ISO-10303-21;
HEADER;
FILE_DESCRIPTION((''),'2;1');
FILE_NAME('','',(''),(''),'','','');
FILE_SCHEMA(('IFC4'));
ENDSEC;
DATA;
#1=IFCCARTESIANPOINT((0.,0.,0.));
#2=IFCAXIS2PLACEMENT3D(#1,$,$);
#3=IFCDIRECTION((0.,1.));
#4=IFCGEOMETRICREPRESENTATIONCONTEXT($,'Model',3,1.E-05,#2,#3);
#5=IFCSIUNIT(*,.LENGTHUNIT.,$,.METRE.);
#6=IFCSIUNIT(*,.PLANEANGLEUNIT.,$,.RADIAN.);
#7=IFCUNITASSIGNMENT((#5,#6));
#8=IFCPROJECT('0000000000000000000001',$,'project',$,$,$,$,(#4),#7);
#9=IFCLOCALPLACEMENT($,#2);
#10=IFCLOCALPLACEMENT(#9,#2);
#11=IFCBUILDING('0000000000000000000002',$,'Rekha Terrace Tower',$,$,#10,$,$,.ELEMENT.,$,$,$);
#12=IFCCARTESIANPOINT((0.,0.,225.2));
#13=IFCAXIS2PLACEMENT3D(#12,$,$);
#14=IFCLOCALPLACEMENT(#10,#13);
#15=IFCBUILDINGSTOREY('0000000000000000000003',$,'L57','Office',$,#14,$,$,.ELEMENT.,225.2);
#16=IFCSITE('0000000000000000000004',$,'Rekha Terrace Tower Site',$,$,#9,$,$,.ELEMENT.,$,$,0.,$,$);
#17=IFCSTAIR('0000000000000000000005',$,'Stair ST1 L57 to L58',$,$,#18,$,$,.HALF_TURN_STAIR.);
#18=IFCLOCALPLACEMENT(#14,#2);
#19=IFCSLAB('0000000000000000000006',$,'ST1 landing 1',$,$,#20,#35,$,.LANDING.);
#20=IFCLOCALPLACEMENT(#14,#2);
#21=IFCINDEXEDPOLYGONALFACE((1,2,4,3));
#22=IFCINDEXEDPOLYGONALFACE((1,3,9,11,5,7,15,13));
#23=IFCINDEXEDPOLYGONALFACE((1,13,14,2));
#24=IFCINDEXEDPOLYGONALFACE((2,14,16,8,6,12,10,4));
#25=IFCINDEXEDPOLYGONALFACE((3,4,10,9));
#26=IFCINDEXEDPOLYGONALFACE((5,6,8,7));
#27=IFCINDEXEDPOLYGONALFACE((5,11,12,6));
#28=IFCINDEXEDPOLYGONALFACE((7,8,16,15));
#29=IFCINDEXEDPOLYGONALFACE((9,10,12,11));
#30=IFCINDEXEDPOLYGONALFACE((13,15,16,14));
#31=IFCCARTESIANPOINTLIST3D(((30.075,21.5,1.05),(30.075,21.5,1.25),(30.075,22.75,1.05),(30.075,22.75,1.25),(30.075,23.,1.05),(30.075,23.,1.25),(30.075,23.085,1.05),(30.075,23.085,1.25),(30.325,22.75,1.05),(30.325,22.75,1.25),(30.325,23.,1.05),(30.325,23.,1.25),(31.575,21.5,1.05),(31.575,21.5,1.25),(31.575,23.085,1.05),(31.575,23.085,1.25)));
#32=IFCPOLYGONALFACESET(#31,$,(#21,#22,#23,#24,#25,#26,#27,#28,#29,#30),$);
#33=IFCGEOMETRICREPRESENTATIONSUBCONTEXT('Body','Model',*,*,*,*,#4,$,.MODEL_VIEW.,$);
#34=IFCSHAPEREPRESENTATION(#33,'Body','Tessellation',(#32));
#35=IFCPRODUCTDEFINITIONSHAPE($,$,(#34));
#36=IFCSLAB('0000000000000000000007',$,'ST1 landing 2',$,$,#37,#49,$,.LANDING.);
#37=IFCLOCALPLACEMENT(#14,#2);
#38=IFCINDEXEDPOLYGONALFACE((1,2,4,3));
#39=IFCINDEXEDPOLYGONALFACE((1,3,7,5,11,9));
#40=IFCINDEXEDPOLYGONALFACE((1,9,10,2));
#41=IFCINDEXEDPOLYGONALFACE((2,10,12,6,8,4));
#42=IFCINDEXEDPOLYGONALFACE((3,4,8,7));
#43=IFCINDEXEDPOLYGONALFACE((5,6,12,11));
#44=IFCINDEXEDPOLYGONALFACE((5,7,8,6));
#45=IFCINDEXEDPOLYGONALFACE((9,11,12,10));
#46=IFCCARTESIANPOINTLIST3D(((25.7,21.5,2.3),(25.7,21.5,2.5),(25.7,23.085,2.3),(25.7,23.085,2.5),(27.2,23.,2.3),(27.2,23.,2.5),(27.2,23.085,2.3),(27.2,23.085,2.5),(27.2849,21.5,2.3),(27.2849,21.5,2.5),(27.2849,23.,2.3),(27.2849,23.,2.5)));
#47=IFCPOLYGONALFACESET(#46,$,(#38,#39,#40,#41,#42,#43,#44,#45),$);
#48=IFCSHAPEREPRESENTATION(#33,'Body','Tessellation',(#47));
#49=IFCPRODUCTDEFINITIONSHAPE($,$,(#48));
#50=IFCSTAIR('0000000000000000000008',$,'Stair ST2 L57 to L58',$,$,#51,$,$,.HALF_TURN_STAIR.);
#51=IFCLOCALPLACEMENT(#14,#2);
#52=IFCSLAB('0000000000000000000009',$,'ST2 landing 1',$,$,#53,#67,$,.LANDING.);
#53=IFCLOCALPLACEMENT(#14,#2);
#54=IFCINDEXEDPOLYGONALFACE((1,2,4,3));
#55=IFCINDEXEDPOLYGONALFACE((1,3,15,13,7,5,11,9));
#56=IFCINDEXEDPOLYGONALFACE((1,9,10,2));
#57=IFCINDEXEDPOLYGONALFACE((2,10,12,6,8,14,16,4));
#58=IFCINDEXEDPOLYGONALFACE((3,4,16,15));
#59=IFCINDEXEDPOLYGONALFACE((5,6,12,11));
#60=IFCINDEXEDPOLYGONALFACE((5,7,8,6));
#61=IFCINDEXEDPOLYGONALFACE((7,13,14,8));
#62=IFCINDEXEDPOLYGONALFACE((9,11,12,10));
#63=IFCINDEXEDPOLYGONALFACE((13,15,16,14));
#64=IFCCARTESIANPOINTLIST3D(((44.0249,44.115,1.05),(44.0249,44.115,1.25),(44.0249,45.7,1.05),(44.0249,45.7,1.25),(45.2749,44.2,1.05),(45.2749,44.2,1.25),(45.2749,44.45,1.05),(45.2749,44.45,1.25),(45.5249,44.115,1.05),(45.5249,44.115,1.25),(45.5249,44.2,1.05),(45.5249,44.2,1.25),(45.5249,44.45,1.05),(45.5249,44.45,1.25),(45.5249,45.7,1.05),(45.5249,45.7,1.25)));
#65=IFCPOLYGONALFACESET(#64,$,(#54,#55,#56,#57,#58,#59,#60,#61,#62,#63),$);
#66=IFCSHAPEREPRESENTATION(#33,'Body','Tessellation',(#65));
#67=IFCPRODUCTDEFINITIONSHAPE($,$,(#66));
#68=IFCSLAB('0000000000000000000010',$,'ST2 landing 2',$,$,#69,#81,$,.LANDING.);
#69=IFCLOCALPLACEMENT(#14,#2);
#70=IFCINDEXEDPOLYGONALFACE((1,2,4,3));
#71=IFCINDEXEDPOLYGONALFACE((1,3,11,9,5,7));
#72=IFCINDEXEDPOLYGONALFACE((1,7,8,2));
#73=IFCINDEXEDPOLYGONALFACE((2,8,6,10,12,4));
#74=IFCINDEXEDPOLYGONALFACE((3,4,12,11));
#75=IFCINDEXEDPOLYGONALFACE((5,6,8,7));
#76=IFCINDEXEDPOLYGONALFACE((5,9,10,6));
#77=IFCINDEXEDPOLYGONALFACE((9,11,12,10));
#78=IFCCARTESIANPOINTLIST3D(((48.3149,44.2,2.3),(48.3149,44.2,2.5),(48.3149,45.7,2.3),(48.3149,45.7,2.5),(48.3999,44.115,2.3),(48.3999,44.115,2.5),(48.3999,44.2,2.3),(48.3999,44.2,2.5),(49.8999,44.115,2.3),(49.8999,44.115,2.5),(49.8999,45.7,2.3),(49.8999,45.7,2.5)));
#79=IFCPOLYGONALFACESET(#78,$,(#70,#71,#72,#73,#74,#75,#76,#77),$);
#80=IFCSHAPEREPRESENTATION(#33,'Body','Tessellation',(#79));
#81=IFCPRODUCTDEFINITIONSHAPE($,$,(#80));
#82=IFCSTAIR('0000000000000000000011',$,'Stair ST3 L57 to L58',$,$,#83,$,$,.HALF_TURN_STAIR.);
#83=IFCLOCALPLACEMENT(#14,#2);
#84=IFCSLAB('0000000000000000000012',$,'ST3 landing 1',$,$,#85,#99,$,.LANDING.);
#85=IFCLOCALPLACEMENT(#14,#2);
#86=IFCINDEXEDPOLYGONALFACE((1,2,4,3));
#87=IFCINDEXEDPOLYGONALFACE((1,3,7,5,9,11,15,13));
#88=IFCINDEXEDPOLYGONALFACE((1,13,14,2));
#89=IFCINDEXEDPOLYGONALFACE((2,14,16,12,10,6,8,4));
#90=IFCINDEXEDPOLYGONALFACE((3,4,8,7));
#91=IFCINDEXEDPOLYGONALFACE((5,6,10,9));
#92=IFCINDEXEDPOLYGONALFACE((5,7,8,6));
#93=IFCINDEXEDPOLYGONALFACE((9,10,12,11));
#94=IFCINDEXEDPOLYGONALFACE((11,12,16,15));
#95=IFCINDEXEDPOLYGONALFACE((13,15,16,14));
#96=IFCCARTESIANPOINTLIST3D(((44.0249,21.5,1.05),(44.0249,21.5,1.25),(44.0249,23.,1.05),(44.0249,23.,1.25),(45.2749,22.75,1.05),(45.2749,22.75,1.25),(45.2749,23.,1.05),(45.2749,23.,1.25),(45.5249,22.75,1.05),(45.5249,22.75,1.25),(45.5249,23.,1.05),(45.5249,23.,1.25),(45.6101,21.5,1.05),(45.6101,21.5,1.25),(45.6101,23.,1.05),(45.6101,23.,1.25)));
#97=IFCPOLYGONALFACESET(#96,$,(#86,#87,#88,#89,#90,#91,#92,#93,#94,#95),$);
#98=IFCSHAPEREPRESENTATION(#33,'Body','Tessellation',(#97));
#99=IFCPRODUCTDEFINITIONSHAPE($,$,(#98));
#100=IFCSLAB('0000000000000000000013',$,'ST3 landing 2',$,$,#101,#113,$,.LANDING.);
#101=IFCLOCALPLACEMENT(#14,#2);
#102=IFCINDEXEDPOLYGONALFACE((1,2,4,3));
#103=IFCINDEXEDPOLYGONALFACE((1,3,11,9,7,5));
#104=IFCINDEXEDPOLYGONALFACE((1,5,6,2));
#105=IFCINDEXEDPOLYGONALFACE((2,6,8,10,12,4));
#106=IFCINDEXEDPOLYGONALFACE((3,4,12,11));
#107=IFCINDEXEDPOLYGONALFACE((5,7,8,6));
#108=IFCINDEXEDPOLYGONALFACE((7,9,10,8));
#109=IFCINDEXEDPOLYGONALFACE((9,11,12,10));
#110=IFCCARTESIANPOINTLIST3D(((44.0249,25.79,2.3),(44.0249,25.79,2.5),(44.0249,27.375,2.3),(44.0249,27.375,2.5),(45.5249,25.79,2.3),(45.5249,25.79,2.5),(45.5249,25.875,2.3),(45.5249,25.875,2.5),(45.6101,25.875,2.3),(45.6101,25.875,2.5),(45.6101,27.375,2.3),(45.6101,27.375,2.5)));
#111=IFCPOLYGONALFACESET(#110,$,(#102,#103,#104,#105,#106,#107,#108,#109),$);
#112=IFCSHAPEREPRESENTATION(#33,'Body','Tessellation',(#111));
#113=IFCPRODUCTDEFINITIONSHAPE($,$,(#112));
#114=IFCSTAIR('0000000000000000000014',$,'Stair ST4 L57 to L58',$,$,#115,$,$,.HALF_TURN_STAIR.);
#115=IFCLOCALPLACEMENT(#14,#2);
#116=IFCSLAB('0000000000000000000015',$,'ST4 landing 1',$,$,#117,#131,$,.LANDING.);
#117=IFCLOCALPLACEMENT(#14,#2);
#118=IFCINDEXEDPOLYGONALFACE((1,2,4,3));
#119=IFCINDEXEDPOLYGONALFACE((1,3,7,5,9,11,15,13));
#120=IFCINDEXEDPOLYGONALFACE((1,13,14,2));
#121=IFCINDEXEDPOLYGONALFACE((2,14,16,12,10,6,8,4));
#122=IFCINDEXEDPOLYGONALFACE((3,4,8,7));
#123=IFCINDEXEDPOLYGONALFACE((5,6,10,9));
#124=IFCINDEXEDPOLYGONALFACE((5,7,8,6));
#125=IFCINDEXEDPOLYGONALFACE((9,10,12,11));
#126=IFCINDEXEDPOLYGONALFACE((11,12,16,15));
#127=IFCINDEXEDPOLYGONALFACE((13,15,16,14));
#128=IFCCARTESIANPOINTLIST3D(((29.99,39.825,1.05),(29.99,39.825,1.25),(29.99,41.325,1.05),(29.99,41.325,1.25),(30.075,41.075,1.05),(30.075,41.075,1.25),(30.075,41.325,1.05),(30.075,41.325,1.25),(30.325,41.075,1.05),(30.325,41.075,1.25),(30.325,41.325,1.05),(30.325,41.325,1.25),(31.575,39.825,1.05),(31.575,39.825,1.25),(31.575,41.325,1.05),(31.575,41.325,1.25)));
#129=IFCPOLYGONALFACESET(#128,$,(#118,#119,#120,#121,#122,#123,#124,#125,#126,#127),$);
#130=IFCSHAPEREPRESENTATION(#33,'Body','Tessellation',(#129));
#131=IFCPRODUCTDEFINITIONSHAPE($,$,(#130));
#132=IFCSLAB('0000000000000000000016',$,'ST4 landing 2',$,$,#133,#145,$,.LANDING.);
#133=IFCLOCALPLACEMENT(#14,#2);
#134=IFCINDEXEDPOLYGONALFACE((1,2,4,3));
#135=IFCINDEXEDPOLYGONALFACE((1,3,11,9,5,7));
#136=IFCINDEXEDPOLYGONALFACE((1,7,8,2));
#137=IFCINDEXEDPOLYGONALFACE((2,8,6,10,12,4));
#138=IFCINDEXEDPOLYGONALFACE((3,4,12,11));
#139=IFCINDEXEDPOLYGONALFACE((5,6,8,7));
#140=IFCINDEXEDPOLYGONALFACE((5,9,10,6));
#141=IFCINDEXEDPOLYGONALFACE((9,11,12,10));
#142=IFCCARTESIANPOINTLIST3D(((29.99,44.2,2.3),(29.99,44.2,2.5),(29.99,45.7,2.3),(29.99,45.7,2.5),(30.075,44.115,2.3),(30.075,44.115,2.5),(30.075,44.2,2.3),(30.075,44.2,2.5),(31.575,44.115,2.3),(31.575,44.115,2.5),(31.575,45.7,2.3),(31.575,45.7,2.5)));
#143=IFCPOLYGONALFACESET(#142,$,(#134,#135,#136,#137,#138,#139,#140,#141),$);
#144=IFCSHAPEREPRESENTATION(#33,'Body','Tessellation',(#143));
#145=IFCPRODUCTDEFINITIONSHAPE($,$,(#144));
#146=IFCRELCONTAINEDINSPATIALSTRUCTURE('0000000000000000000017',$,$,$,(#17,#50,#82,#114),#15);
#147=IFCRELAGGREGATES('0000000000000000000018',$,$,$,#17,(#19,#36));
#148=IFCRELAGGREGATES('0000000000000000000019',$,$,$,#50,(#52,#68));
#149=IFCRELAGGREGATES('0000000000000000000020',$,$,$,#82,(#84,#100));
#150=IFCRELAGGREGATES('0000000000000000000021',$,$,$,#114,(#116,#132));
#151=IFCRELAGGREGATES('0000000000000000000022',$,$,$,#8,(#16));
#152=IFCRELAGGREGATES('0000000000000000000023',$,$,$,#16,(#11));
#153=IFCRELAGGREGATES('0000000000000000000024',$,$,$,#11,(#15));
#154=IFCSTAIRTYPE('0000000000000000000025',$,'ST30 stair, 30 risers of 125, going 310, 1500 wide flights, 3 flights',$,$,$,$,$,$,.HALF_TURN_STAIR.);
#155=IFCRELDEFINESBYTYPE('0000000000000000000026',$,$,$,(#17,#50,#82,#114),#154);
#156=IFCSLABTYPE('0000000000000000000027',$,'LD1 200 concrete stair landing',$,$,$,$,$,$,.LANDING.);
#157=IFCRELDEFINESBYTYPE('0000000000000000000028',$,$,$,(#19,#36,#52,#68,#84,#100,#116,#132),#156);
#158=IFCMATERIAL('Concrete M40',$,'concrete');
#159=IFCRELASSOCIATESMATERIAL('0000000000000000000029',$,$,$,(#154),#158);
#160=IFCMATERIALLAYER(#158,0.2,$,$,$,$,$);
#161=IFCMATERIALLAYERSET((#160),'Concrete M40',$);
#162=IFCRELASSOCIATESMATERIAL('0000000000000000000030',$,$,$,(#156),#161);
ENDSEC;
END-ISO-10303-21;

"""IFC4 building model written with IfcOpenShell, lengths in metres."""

from ifc_helpers import new_model, si_unit, direction, frame, origin, place, context, subcontext, project, spatial, polyline, outline, extrude, material, layer, layer_set, type_object, element, aggregate, save


model = new_model("IFC4")

# Units and contexts
model_context = context("Model", 3, precision=1e-05, world=origin(), true_north=direction((0.0, 1.0)))
body_context = subcontext(model_context, "Body", "Model", "MODEL_VIEW")
ifc_project = project(units=[si_unit("LENGTHUNIT", "METRE"), si_unit("PLANEANGLEUNIT", "RADIAN")], contexts=[model_context])

# Site, building, storey
site_placement = place(None, origin())
site = spatial("IfcSite", under=ifc_project, at=site_placement, Name="Rekha Terrace Tower Site", CompositionType="ELEMENT", RefElevation=0.0)
building_placement = place(site_placement, origin())
building = spatial("IfcBuilding", under=site, at=building_placement, Name="Rekha Terrace Tower", CompositionType="ELEMENT")
storey_placement = place(building_placement, frame((0.0, 0.0, 225.2)))
storey = spatial("IfcBuildingStorey", under=building, at=storey_placement, Name="L57", Description="Office", CompositionType="ELEMENT", Elevation=225.2)

# Stairs, slabs
ifc_material_1 = material(Name="Concrete M40", Category="concrete")
stair_type = type_object("IfcStairType", Name="ST30 stair, 30 risers of 125, going 310, 1500 wide flights, 3 flights", PredefinedType="HALF_TURN_STAIR", material=ifc_material_1)
stair_1_placement = place(storey_placement, origin())
stair_1 = element("IfcStair", 1, at=stair_1_placement, inside=storey, type_object=stair_type, Name="Stair ST1 L57 to L58", PredefinedType="HALF_TURN_STAIR")
ifc_layer_1 = layer(ifc_material_1, 0.2)
ifc_layer_set_1 = layer_set([ifc_layer_1], Name="Concrete M40")
slab_type_1 = type_object("IfcSlabType", Name="LD1 200 concrete stair landing", PredefinedType="LANDING", material=ifc_layer_set_1)
slab_1_placement = place(storey_placement, frame((0.0, 0.0, 1.05)))
slab_1 = element("IfcSlab", 2, at=slab_1_placement, type_object=slab_type_1, Name="ST1 landing 1", PredefinedType="LANDING", context=body_context, shape_type="SweptSolid", body=[
    extrude(outline(polyline([(30.075, 21.5), (31.575, 21.5), (31.575, 23.085), (30.075, 23.085), (30.075, 23.0), (30.325, 23.0), (30.325, 22.75), (30.075, 22.75), (30.075, 21.5)])), origin(), (0.0, 0.0, 1.0), 0.2),
])
slab_2_placement = place(storey_placement, frame((0.0, 0.0, 2.3)))
slab_2 = element("IfcSlab", 3, at=slab_2_placement, type_object=slab_type_1, Name="ST1 landing 2", PredefinedType="LANDING", context=body_context, shape_type="SweptSolid", body=[
    extrude(outline(polyline([(27.2, 23.085), (25.7, 23.085), (25.7, 21.5), (27.2849, 21.5), (27.2849, 23.0), (27.2, 23.0), (27.2, 23.085)])), origin(), (0.0, 0.0, 1.0), 0.2),
])
aggregate(stair_1, [slab_1, slab_2])
stair_2_placement = place(storey_placement, origin())
stair_2 = element("IfcStair", 4, at=stair_2_placement, inside=storey, type_object=stair_type, Name="Stair ST2 L57 to L58", PredefinedType="HALF_TURN_STAIR")
slab_3_placement = place(storey_placement, frame((0.0, 0.0, 1.05)))
slab_3 = element("IfcSlab", 5, at=slab_3_placement, type_object=slab_type_1, Name="ST2 landing 1", PredefinedType="LANDING", context=body_context, shape_type="SweptSolid", body=[
    extrude(outline(polyline([(45.5249, 45.7), (44.0249, 45.7), (44.0249, 44.115), (45.5249, 44.115), (45.5249, 44.2), (45.2749, 44.2), (45.2749, 44.45), (45.5249, 44.45), (45.5249, 45.7)])), origin(), (0.0, 0.0, 1.0), 0.2),
])
slab_4_placement = place(storey_placement, frame((0.0, 0.0, 2.3)))
slab_4 = element("IfcSlab", 6, at=slab_4_placement, type_object=slab_type_1, Name="ST2 landing 2", PredefinedType="LANDING", context=body_context, shape_type="SweptSolid", body=[
    extrude(outline(polyline([(48.3999, 44.115), (49.8999, 44.115), (49.8999, 45.7), (48.3149, 45.7), (48.3149, 44.2), (48.3999, 44.2), (48.3999, 44.115)])), origin(), (0.0, 0.0, 1.0), 0.2),
])
aggregate(stair_2, [slab_3, slab_4])
stair_3_placement = place(storey_placement, origin())
stair_3 = element("IfcStair", 7, at=stair_3_placement, inside=storey, type_object=stair_type, Name="Stair ST3 L57 to L58", PredefinedType="HALF_TURN_STAIR")
slab_5_placement = place(storey_placement, frame((0.0, 0.0, 1.05)))
slab_5 = element("IfcSlab", 8, at=slab_5_placement, type_object=slab_type_1, Name="ST3 landing 1", PredefinedType="LANDING", context=body_context, shape_type="SweptSolid", body=[
    extrude(outline(polyline([(44.0249, 23.0), (44.0249, 21.5), (45.6101, 21.5), (45.6101, 23.0), (45.5249, 23.0), (45.5249, 22.75), (45.2749, 22.75), (45.2749, 23.0), (44.0249, 23.0)])), origin(), (0.0, 0.0, 1.0), 0.2),
])
slab_6_placement = place(storey_placement, frame((0.0, 0.0, 2.3)))
slab_6 = element("IfcSlab", 9, at=slab_6_placement, type_object=slab_type_1, Name="ST3 landing 2", PredefinedType="LANDING", context=body_context, shape_type="SweptSolid", body=[
    extrude(outline(polyline([(45.6101, 25.875), (45.6101, 27.375), (44.0249, 27.375), (44.0249, 25.79), (45.5249, 25.79), (45.5249, 25.875), (45.6101, 25.875)])), origin(), (0.0, 0.0, 1.0), 0.2),
])
aggregate(stair_3, [slab_5, slab_6])
stair_4_placement = place(storey_placement, origin())
stair_4 = element("IfcStair", 10, at=stair_4_placement, inside=storey, type_object=stair_type, Name="Stair ST4 L57 to L58", PredefinedType="HALF_TURN_STAIR")
slab_7_placement = place(storey_placement, frame((0.0, 0.0, 1.05)))
slab_7 = element("IfcSlab", 11, at=slab_7_placement, type_object=slab_type_1, Name="ST4 landing 1", PredefinedType="LANDING", context=body_context, shape_type="SweptSolid", body=[
    extrude(outline(polyline([(31.575, 41.325), (31.575, 39.825), (29.99, 39.825), (29.99, 41.325), (30.075, 41.325), (30.075, 41.075), (30.325, 41.075), (30.325, 41.325), (31.575, 41.325)])), origin(), (0.0, 0.0, 1.0), 0.2),
])
slab_8_placement = place(storey_placement, frame((0.0, 0.0, 2.3)))
slab_8 = element("IfcSlab", 12, at=slab_8_placement, type_object=slab_type_1, Name="ST4 landing 2", PredefinedType="LANDING", context=body_context, shape_type="SweptSolid", body=[
    extrude(outline(polyline([(29.99, 44.2), (29.99, 45.7), (31.575, 45.7), (31.575, 44.115), (30.075, 44.115), (30.075, 44.2), (29.99, 44.2)])), origin(), (0.0, 0.0, 1.0), 0.2),
])
aggregate(stair_4, [slab_7, slab_8])

save(model, "model.ifc")
